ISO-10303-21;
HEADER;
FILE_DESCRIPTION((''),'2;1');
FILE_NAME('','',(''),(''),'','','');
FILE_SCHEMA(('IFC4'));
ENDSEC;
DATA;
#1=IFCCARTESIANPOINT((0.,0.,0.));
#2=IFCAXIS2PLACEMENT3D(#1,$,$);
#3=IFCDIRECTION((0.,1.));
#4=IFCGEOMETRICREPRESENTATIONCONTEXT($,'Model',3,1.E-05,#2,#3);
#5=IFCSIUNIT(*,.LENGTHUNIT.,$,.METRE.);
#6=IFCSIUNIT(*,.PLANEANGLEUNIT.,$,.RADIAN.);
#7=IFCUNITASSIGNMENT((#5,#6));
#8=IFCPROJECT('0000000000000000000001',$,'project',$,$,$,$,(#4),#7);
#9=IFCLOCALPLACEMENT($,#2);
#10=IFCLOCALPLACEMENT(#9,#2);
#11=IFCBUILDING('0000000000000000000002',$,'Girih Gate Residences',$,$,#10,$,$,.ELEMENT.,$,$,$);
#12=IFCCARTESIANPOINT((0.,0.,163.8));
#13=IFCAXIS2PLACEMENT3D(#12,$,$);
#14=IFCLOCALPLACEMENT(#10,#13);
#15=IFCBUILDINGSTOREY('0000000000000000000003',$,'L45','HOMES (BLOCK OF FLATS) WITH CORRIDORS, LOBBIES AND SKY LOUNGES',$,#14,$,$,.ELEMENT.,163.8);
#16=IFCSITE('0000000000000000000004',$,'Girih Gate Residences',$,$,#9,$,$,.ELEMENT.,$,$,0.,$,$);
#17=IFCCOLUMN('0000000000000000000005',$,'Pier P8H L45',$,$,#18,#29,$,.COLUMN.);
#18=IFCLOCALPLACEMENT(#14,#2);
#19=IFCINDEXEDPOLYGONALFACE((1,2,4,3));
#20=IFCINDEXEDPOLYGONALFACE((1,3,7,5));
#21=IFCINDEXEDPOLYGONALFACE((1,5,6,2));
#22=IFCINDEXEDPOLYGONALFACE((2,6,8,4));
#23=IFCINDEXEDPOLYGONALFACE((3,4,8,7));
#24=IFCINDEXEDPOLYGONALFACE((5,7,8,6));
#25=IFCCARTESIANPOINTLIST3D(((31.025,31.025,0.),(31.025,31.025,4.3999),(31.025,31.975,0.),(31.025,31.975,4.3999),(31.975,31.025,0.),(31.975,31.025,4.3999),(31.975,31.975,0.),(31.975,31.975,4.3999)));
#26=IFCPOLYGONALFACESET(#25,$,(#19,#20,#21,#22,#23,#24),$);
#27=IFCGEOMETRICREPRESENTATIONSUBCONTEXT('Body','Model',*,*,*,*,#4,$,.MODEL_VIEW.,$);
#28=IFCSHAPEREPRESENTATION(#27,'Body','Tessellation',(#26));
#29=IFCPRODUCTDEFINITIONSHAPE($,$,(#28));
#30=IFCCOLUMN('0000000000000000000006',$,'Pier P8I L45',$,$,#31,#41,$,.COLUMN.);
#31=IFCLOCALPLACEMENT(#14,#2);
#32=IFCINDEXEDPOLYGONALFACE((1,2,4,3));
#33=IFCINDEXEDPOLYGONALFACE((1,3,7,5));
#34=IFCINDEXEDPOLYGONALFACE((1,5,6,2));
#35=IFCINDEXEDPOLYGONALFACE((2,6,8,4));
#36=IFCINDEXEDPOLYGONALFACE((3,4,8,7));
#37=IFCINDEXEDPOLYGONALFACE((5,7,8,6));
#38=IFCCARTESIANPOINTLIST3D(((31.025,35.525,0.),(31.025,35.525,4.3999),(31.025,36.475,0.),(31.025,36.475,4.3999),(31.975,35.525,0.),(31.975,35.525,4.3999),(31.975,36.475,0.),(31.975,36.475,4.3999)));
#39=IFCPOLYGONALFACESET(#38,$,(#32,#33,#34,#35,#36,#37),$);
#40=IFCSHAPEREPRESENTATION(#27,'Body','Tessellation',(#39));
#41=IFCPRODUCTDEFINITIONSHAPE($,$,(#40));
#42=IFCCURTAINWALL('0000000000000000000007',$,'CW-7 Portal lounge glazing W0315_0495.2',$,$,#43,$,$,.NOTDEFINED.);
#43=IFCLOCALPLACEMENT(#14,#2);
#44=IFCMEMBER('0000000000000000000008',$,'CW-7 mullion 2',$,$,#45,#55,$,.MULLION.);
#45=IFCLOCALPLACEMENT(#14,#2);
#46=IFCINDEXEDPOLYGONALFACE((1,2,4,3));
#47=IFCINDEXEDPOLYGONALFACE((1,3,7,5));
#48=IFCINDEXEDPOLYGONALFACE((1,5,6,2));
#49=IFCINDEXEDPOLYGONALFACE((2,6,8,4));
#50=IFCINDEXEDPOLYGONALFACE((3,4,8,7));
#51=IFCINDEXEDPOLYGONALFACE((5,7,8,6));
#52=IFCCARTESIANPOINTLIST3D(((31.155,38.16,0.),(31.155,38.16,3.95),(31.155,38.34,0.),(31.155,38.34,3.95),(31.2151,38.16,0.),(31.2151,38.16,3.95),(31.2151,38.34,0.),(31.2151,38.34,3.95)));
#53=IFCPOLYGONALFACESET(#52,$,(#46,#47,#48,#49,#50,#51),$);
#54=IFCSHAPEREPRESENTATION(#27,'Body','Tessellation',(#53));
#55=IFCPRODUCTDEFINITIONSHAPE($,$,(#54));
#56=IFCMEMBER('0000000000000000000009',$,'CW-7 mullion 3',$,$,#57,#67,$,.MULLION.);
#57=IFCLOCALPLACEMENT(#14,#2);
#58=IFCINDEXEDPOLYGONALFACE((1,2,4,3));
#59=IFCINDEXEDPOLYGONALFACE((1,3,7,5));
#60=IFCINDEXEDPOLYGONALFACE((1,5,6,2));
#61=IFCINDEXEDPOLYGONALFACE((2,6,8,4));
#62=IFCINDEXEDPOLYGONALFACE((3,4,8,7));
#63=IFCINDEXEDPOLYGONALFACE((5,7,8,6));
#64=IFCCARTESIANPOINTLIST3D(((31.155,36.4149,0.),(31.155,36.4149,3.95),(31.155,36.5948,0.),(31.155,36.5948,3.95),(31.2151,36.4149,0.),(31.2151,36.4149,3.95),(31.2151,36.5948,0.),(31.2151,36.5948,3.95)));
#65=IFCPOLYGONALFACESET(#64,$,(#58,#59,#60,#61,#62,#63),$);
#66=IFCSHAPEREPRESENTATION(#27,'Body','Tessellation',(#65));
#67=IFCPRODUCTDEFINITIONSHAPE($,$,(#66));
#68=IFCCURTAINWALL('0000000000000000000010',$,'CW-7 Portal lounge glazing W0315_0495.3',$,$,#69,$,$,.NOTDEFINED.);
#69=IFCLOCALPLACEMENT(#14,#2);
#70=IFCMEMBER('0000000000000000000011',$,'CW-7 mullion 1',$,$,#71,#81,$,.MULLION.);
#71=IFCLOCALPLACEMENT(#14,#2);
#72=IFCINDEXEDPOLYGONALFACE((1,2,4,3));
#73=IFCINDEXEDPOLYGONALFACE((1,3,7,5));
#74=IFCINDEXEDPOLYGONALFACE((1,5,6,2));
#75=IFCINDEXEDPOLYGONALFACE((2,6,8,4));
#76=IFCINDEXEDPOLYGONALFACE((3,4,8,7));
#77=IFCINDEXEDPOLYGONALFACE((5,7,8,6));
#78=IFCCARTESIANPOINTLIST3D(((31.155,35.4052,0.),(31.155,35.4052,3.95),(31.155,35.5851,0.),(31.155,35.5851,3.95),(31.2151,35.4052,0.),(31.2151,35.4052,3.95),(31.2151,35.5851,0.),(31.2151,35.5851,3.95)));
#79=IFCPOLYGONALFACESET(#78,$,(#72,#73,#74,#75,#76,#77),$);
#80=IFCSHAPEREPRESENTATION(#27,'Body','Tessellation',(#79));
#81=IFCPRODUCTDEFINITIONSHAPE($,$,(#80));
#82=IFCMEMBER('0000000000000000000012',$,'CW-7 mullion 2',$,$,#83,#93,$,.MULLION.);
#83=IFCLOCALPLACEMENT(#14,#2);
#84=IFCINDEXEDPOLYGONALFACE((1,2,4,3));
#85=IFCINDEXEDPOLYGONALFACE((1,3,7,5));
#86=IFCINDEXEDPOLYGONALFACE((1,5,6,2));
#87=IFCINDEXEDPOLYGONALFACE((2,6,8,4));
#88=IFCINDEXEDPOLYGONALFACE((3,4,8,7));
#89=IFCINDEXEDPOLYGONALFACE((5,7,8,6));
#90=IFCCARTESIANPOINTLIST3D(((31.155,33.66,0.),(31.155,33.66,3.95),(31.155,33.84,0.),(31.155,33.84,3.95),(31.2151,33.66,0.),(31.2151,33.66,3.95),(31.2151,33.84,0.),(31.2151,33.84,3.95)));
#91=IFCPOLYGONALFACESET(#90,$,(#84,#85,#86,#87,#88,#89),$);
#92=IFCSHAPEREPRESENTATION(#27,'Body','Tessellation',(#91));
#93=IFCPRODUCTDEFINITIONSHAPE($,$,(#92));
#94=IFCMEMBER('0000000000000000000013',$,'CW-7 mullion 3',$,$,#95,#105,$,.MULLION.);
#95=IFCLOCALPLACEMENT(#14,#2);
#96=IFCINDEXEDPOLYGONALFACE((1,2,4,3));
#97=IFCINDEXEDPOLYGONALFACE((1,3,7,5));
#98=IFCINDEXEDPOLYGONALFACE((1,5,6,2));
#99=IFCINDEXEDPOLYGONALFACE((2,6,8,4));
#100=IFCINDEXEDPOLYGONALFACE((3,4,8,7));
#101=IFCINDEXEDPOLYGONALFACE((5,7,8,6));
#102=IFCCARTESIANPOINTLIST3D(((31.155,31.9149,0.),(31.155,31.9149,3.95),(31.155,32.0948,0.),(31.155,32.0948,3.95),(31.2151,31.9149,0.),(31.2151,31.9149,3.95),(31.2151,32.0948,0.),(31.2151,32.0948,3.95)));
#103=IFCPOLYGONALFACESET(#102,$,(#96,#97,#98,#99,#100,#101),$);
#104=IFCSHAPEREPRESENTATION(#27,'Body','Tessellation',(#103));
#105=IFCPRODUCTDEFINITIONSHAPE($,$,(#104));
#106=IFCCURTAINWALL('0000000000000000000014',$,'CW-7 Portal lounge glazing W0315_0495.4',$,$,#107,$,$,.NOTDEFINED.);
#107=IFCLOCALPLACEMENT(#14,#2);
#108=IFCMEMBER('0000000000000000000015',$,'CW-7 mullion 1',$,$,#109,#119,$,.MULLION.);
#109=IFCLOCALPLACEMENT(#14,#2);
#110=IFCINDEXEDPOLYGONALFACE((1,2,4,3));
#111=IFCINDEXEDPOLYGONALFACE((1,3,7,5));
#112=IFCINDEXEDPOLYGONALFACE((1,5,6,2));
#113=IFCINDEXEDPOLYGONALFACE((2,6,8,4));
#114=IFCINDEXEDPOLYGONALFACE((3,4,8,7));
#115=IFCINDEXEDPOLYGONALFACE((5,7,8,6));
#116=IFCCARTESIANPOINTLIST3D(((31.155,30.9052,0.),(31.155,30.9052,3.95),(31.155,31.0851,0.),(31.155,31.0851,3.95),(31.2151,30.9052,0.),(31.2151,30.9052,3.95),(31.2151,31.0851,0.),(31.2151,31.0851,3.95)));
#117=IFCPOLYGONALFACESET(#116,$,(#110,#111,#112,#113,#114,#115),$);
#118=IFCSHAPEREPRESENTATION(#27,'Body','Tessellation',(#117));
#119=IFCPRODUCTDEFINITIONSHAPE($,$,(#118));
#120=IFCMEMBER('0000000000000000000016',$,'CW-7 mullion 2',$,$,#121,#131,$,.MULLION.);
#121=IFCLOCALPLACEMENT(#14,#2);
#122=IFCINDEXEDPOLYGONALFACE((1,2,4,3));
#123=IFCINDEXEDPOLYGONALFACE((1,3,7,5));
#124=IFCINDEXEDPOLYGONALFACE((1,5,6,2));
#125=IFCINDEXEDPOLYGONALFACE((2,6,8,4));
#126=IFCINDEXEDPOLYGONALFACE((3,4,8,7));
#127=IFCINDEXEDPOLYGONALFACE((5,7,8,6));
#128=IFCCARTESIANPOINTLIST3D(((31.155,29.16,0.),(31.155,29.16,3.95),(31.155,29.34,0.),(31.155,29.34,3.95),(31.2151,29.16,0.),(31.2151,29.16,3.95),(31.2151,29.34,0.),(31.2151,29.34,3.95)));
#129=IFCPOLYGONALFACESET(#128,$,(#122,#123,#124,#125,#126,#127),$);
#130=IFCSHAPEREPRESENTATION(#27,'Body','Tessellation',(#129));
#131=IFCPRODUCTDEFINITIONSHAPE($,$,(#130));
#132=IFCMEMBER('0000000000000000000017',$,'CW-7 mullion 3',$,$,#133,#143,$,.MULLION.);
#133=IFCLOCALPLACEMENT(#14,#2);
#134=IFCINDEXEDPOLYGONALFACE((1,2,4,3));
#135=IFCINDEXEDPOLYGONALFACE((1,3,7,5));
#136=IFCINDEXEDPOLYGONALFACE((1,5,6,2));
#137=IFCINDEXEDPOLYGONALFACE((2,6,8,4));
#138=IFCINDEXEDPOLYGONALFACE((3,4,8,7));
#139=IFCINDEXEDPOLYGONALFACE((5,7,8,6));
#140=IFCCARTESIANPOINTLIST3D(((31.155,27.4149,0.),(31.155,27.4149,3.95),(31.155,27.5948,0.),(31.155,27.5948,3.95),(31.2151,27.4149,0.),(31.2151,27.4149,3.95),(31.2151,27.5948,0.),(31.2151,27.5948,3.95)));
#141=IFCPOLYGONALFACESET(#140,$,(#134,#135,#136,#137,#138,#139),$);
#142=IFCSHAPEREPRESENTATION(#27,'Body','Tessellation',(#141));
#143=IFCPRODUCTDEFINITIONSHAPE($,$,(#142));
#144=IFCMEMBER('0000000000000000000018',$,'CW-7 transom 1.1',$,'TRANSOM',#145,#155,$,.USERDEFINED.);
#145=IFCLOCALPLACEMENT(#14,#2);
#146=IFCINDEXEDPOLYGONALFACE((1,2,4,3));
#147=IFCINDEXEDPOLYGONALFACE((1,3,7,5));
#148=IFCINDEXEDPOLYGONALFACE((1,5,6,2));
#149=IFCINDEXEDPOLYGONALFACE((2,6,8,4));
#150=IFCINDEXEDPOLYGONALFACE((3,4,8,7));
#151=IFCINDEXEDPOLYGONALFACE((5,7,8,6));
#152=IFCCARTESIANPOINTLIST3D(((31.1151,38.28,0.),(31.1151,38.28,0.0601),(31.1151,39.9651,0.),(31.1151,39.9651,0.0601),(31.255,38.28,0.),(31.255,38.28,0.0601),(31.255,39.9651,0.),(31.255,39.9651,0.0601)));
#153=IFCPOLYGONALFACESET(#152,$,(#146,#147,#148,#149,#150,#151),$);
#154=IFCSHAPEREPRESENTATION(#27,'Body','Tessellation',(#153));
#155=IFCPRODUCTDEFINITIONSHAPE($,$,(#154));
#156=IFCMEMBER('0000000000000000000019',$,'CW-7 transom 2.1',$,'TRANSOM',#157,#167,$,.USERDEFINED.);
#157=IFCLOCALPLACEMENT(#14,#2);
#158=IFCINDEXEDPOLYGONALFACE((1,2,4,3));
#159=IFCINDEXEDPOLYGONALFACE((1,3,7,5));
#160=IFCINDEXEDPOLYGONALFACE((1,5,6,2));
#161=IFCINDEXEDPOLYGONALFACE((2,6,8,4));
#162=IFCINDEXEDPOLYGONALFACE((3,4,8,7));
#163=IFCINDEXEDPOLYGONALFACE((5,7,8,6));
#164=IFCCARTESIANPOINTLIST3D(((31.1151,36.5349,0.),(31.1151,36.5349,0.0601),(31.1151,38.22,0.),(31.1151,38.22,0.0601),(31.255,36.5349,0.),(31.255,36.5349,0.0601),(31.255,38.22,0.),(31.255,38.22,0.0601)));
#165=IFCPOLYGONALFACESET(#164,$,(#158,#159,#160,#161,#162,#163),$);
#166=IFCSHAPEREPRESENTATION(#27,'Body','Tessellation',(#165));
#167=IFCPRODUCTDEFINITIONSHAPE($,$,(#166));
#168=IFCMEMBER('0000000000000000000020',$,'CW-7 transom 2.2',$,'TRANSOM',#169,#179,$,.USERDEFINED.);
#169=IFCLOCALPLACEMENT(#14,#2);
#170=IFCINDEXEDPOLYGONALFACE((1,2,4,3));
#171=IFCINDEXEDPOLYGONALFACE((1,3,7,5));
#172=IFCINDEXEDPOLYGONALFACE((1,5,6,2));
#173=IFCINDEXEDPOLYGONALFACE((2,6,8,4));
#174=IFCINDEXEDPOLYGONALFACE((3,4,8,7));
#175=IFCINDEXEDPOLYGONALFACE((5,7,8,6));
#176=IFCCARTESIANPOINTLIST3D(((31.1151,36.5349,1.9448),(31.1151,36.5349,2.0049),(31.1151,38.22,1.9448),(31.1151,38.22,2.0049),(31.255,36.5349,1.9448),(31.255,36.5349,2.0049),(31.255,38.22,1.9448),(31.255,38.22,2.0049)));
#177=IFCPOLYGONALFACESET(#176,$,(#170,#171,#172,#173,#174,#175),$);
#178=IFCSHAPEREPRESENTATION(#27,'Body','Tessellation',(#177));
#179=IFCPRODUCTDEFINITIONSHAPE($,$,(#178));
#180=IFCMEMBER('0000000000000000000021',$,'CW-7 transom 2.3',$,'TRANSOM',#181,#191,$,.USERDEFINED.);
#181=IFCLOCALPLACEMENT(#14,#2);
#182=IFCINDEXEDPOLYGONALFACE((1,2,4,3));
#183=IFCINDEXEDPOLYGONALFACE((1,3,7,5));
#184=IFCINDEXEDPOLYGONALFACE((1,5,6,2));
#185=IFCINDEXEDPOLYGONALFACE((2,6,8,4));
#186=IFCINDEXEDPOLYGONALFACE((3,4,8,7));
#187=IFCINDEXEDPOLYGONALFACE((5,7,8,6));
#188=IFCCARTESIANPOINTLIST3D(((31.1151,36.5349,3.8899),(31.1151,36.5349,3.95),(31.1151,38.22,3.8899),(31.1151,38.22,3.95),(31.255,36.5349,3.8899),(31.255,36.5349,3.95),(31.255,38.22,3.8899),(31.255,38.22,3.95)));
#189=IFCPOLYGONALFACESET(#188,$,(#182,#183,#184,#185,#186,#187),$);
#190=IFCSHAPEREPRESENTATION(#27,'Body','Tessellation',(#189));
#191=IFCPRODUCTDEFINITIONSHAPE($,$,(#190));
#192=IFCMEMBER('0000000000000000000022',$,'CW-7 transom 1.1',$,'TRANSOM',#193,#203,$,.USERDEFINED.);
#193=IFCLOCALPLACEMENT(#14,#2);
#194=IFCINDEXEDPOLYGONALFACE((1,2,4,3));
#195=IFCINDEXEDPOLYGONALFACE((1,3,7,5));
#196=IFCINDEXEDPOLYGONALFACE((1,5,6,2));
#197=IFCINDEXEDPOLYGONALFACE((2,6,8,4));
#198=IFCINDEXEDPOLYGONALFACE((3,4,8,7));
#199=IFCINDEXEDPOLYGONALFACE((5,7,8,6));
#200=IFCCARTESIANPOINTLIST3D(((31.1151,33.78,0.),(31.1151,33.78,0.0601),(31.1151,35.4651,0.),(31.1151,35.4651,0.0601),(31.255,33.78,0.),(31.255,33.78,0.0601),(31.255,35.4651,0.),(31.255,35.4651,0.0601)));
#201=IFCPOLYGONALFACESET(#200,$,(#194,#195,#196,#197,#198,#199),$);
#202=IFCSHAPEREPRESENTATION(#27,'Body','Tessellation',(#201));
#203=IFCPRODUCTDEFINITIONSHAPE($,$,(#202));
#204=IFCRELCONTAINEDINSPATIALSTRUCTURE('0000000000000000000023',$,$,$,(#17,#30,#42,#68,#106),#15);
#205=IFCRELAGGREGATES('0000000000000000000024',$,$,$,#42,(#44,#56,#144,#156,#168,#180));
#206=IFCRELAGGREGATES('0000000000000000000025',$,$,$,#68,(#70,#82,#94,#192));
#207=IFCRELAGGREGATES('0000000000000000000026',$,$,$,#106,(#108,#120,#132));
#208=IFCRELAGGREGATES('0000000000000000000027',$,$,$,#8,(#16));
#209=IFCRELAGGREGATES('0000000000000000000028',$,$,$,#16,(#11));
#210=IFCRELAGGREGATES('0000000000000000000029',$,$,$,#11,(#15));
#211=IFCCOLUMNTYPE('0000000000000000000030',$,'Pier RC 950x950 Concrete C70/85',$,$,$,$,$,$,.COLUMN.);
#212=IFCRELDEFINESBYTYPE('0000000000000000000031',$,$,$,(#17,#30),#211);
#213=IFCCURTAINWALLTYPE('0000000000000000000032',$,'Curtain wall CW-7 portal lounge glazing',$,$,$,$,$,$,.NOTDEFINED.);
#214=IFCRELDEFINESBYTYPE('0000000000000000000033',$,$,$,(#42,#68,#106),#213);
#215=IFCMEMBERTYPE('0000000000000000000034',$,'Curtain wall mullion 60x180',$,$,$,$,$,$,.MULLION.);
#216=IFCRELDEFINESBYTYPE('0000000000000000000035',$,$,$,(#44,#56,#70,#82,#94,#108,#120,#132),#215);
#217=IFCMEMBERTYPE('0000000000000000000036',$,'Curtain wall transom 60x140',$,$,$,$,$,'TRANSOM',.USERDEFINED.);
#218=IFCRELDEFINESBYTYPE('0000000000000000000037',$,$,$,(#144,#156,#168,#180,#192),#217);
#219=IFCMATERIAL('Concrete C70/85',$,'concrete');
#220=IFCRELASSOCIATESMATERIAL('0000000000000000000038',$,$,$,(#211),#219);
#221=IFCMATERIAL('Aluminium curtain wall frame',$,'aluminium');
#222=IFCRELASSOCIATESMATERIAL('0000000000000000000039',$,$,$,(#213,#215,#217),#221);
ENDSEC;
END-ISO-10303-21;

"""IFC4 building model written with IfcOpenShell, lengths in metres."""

from ifc_helpers import new_model, si_unit, direction, frame, origin, origin_2d, place, context, subcontext, project, spatial, rectangle, extrude, material, material_profile, profile_set, type_object, element, aggregate, save


model = new_model("IFC4")

# Units and contexts
model_context = context("Model", 3, precision=1e-05, world=origin(), true_north=direction((0.0, 1.0)))
body_context = subcontext(model_context, "Body", "Model", "MODEL_VIEW")
ifc_project = project(units=[si_unit("LENGTHUNIT", "METRE"), si_unit("PLANEANGLEUNIT", "RADIAN")], contexts=[model_context])

# Site, building, storey
site_placement = place(None, origin())
site = spatial("IfcSite", under=ifc_project, at=site_placement, Name="Girih Gate Residences", CompositionType="ELEMENT", RefElevation=0.0)
building_placement = place(site_placement, origin())
building = spatial("IfcBuilding", under=site, at=building_placement, Name="Girih Gate Residences", CompositionType="ELEMENT")
storey_placement = place(building_placement, frame((0.0, 0.0, 163.8)))
storey = spatial("IfcBuildingStorey", under=building, at=storey_placement, Name="L45", Description="HOMES (BLOCK OF FLATS) WITH CORRIDORS, LOBBIES AND SKY LOUNGES", CompositionType="ELEMENT", Elevation=163.8)

# Columns
ifc_material_1 = material(Name="Concrete C70/85", Category="concrete")
ifc_material_profile_1 = material_profile(ifc_material_1, rectangle(XDim=0.95, YDim=0.95, at=origin_2d()))
ifc_profile_set_1 = profile_set([ifc_material_profile_1], Name="Concrete C70/85")
column_type = type_object("IfcColumnType", Name="Pier RC 950x950 Concrete C70/85", PredefinedType="COLUMN", material=ifc_profile_set_1)
for number, where, z_axis, x_axis, name in (
    (1, (31.5, 31.5, 0.0), (0.0, 0.0, 1.0), (1.0, 0.0, 0.0), "Pier P8H L45"),
    (2, (31.5, 36.0, 0.0), (0.0, 0.0, 1.0), (1.0, 0.0, 0.0), "Pier P8I L45"),
):
    element("IfcColumn", number, at=place(storey_placement, frame(where, z_axis=z_axis, x_axis=x_axis)), inside=storey, type_object=column_type, Name=name, PredefinedType="COLUMN", context=body_context, shape_type="SweptSolid", body=[
        extrude(rectangle(XDim=0.95, YDim=0.95, at=origin_2d()), origin(), (0.0, 0.0, 1.0), 4.3999),
    ])

# Curtain walls, members
ifc_material_2 = material(Name="Aluminium curtain wall frame", Category="aluminium")
curtain_wall_type = type_object("IfcCurtainWallType", Name="Curtain wall CW-7 portal lounge glazing", PredefinedType="NOTDEFINED", material=ifc_material_2)
curtain_wall_1_placement = place(storey_placement, origin())
curtain_wall_1 = element("IfcCurtainWall", 3, at=curtain_wall_1_placement, inside=storey, type_object=curtain_wall_type, Name="CW-7 Portal lounge glazing W0315_0495.2", PredefinedType="NOTDEFINED")
ifc_material_profile_2 = material_profile(ifc_material_2, rectangle(XDim=0.0601, YDim=0.1799, at=origin_2d()))
ifc_profile_set_2 = profile_set([ifc_material_profile_2], Name="Aluminium curtain wall frame")
member_type_1 = type_object("IfcMemberType", Name="Curtain wall mullion 60x180", PredefinedType="MULLION", material=ifc_profile_set_2)
member_1_placement = place(storey_placement, frame((31.1851, 38.25, 0.0), z_axis=(0.0, 0.0, 1.0), x_axis=(1.0, 0.0, 0.0)))
member_1 = element("IfcMember", 4, at=member_1_placement, type_object=member_type_1, Name="CW-7 mullion 2", PredefinedType="MULLION", context=body_context, shape_type="SweptSolid", body=[
    extrude(rectangle(XDim=0.0601, YDim=0.1799, at=origin_2d()), origin(), (0.0, 0.0, 1.0), 3.95),
])
member_2_placement = place(storey_placement, frame((31.1851, 36.5049, 0.0), z_axis=(0.0, 0.0, 1.0), x_axis=(1.0, 0.0, 0.0)))
member_2 = element("IfcMember", 5, at=member_2_placement, type_object=member_type_1, Name="CW-7 mullion 3", PredefinedType="MULLION", context=body_context, shape_type="SweptSolid", body=[
    extrude(rectangle(XDim=0.0601, YDim=0.1799, at=origin_2d()), origin(), (0.0, 0.0, 1.0), 3.95),
])
curtain_wall_2_placement = place(storey_placement, origin())
curtain_wall_2 = element("IfcCurtainWall", 6, at=curtain_wall_2_placement, inside=storey, type_object=curtain_wall_type, Name="CW-7 Portal lounge glazing W0315_0495.3", PredefinedType="NOTDEFINED")
member_3_placement = place(storey_placement, frame((31.1851, 35.4951, 0.0), z_axis=(0.0, 0.0, 1.0), x_axis=(1.0, 0.0, 0.0)))
member_3 = element("IfcMember", 7, at=member_3_placement, type_object=member_type_1, Name="CW-7 mullion 1", PredefinedType="MULLION", context=body_context, shape_type="SweptSolid", body=[
    extrude(rectangle(XDim=0.0601, YDim=0.1799, at=origin_2d()), origin(), (0.0, 0.0, 1.0), 3.95),
])
member_4_placement = place(storey_placement, frame((31.1851, 33.75, 0.0), z_axis=(0.0, 0.0, 1.0), x_axis=(1.0, 0.0, 0.0)))
member_4 = element("IfcMember", 8, at=member_4_placement, type_object=member_type_1, Name="CW-7 mullion 2", PredefinedType="MULLION", context=body_context, shape_type="SweptSolid", body=[
    extrude(rectangle(XDim=0.0601, YDim=0.1799, at=origin_2d()), origin(), (0.0, 0.0, 1.0), 3.95),
])
member_5_placement = place(storey_placement, frame((31.1851, 32.0049, 0.0), z_axis=(0.0, 0.0, 1.0), x_axis=(1.0, 0.0, 0.0)))
member_5 = element("IfcMember", 9, at=member_5_placement, type_object=member_type_1, Name="CW-7 mullion 3", PredefinedType="MULLION", context=body_context, shape_type="SweptSolid", body=[
    extrude(rectangle(XDim=0.0601, YDim=0.1799, at=origin_2d()), origin(), (0.0, 0.0, 1.0), 3.95),
])
curtain_wall_3_placement = place(storey_placement, origin())
curtain_wall_3 = element("IfcCurtainWall", 10, at=curtain_wall_3_placement, inside=storey, type_object=curtain_wall_type, Name="CW-7 Portal lounge glazing W0315_0495.4", PredefinedType="NOTDEFINED")
member_6_placement = place(storey_placement, frame((31.1851, 30.9951, 0.0), z_axis=(0.0, 0.0, 1.0), x_axis=(1.0, 0.0, 0.0)))
member_6 = element("IfcMember", 11, at=member_6_placement, type_object=member_type_1, Name="CW-7 mullion 1", PredefinedType="MULLION", context=body_context, shape_type="SweptSolid", body=[
    extrude(rectangle(XDim=0.0601, YDim=0.1799, at=origin_2d()), origin(), (0.0, 0.0, 1.0), 3.95),
])
member_7_placement = place(storey_placement, frame((31.1851, 29.25, 0.0), z_axis=(0.0, 0.0, 1.0), x_axis=(1.0, 0.0, 0.0)))
member_7 = element("IfcMember", 12, at=member_7_placement, type_object=member_type_1, Name="CW-7 mullion 2", PredefinedType="MULLION", context=body_context, shape_type="SweptSolid", body=[
    extrude(rectangle(XDim=0.0601, YDim=0.1799, at=origin_2d()), origin(), (0.0, 0.0, 1.0), 3.95),
])
member_8_placement = place(storey_placement, frame((31.1851, 27.5049, 0.0), z_axis=(0.0, 0.0, 1.0), x_axis=(1.0, 0.0, 0.0)))
member_8 = element("IfcMember", 13, at=member_8_placement, type_object=member_type_1, Name="CW-7 mullion 3", PredefinedType="MULLION", context=body_context, shape_type="SweptSolid", body=[
    extrude(rectangle(XDim=0.0601, YDim=0.1799, at=origin_2d()), origin(), (0.0, 0.0, 1.0), 3.95),
])

# Members
ifc_material_profile_3 = material_profile(ifc_material_2, rectangle(XDim=0.1399, YDim=0.0601, at=origin_2d()))
ifc_profile_set_3 = profile_set([ifc_material_profile_3], Name="Aluminium curtain wall frame")
member_type_2 = type_object("IfcMemberType", Name="Curtain wall transom 60x140", ElementType="TRANSOM", PredefinedType="USERDEFINED", material=ifc_profile_set_3)
member_9_placement = place(storey_placement, frame((31.1851, 39.9651, 0.03), z_axis=(0.0, -1.0, 0.0), x_axis=(1.0, 0.0, 0.0)))
member_9 = element("IfcMember", 14, at=member_9_placement, type_object=member_type_2, Name="CW-7 transom 1.1", ObjectType="TRANSOM", PredefinedType="USERDEFINED", context=body_context, shape_type="SweptSolid", body=[
    extrude(rectangle(XDim=0.1399, YDim=0.0601, at=origin_2d()), origin(), (0.0, 0.0, 1.0), 1.6851),
])
member_10_placement = place(storey_placement, frame((31.1851, 38.22, 0.03), z_axis=(0.0, -1.0, 0.0), x_axis=(1.0, 0.0, 0.0)))
member_10 = element("IfcMember", 15, at=member_10_placement, type_object=member_type_2, Name="CW-7 transom 2.1", ObjectType="TRANSOM", PredefinedType="USERDEFINED", context=body_context, shape_type="SweptSolid", body=[
    extrude(rectangle(XDim=0.1399, YDim=0.0601, at=origin_2d()), origin(), (0.0, 0.0, 1.0), 1.6851),
])
member_11_placement = place(storey_placement, frame((31.1851, 38.22, 1.9749), z_axis=(0.0, -1.0, 0.0), x_axis=(1.0, 0.0, 0.0)))
member_11 = element("IfcMember", 16, at=member_11_placement, type_object=member_type_2, Name="CW-7 transom 2.2", ObjectType="TRANSOM", PredefinedType="USERDEFINED", context=body_context, shape_type="SweptSolid", body=[
    extrude(rectangle(XDim=0.1399, YDim=0.0601, at=origin_2d()), origin(), (0.0, 0.0, 1.0), 1.6851),
])
member_12_placement = place(storey_placement, frame((31.1851, 38.22, 3.9199), z_axis=(0.0, -1.0, 0.0), x_axis=(1.0, 0.0, 0.0)))
member_12 = element("IfcMember", 17, at=member_12_placement, type_object=member_type_2, Name="CW-7 transom 2.3", ObjectType="TRANSOM", PredefinedType="USERDEFINED", context=body_context, shape_type="SweptSolid", body=[
    extrude(rectangle(XDim=0.1399, YDim=0.0601, at=origin_2d()), origin(), (0.0, 0.0, 1.0), 1.6851),
])
member_13_placement = place(storey_placement, frame((31.1851, 35.4651, 0.03), z_axis=(0.0, -1.0, 0.0), x_axis=(1.0, 0.0, 0.0)))
member_13 = element("IfcMember", 18, at=member_13_placement, type_object=member_type_2, Name="CW-7 transom 1.1", ObjectType="TRANSOM", PredefinedType="USERDEFINED", context=body_context, shape_type="SweptSolid", body=[
    extrude(rectangle(XDim=0.1399, YDim=0.0601, at=origin_2d()), origin(), (0.0, 0.0, 1.0), 1.6851),
])

aggregate(curtain_wall_1, [member_1, member_2, member_9, member_10, member_11, member_12])
aggregate(curtain_wall_2, [member_3, member_4, member_5, member_13])
aggregate(curtain_wall_3, [member_6, member_7, member_8])

save(model, "model.ifc")
